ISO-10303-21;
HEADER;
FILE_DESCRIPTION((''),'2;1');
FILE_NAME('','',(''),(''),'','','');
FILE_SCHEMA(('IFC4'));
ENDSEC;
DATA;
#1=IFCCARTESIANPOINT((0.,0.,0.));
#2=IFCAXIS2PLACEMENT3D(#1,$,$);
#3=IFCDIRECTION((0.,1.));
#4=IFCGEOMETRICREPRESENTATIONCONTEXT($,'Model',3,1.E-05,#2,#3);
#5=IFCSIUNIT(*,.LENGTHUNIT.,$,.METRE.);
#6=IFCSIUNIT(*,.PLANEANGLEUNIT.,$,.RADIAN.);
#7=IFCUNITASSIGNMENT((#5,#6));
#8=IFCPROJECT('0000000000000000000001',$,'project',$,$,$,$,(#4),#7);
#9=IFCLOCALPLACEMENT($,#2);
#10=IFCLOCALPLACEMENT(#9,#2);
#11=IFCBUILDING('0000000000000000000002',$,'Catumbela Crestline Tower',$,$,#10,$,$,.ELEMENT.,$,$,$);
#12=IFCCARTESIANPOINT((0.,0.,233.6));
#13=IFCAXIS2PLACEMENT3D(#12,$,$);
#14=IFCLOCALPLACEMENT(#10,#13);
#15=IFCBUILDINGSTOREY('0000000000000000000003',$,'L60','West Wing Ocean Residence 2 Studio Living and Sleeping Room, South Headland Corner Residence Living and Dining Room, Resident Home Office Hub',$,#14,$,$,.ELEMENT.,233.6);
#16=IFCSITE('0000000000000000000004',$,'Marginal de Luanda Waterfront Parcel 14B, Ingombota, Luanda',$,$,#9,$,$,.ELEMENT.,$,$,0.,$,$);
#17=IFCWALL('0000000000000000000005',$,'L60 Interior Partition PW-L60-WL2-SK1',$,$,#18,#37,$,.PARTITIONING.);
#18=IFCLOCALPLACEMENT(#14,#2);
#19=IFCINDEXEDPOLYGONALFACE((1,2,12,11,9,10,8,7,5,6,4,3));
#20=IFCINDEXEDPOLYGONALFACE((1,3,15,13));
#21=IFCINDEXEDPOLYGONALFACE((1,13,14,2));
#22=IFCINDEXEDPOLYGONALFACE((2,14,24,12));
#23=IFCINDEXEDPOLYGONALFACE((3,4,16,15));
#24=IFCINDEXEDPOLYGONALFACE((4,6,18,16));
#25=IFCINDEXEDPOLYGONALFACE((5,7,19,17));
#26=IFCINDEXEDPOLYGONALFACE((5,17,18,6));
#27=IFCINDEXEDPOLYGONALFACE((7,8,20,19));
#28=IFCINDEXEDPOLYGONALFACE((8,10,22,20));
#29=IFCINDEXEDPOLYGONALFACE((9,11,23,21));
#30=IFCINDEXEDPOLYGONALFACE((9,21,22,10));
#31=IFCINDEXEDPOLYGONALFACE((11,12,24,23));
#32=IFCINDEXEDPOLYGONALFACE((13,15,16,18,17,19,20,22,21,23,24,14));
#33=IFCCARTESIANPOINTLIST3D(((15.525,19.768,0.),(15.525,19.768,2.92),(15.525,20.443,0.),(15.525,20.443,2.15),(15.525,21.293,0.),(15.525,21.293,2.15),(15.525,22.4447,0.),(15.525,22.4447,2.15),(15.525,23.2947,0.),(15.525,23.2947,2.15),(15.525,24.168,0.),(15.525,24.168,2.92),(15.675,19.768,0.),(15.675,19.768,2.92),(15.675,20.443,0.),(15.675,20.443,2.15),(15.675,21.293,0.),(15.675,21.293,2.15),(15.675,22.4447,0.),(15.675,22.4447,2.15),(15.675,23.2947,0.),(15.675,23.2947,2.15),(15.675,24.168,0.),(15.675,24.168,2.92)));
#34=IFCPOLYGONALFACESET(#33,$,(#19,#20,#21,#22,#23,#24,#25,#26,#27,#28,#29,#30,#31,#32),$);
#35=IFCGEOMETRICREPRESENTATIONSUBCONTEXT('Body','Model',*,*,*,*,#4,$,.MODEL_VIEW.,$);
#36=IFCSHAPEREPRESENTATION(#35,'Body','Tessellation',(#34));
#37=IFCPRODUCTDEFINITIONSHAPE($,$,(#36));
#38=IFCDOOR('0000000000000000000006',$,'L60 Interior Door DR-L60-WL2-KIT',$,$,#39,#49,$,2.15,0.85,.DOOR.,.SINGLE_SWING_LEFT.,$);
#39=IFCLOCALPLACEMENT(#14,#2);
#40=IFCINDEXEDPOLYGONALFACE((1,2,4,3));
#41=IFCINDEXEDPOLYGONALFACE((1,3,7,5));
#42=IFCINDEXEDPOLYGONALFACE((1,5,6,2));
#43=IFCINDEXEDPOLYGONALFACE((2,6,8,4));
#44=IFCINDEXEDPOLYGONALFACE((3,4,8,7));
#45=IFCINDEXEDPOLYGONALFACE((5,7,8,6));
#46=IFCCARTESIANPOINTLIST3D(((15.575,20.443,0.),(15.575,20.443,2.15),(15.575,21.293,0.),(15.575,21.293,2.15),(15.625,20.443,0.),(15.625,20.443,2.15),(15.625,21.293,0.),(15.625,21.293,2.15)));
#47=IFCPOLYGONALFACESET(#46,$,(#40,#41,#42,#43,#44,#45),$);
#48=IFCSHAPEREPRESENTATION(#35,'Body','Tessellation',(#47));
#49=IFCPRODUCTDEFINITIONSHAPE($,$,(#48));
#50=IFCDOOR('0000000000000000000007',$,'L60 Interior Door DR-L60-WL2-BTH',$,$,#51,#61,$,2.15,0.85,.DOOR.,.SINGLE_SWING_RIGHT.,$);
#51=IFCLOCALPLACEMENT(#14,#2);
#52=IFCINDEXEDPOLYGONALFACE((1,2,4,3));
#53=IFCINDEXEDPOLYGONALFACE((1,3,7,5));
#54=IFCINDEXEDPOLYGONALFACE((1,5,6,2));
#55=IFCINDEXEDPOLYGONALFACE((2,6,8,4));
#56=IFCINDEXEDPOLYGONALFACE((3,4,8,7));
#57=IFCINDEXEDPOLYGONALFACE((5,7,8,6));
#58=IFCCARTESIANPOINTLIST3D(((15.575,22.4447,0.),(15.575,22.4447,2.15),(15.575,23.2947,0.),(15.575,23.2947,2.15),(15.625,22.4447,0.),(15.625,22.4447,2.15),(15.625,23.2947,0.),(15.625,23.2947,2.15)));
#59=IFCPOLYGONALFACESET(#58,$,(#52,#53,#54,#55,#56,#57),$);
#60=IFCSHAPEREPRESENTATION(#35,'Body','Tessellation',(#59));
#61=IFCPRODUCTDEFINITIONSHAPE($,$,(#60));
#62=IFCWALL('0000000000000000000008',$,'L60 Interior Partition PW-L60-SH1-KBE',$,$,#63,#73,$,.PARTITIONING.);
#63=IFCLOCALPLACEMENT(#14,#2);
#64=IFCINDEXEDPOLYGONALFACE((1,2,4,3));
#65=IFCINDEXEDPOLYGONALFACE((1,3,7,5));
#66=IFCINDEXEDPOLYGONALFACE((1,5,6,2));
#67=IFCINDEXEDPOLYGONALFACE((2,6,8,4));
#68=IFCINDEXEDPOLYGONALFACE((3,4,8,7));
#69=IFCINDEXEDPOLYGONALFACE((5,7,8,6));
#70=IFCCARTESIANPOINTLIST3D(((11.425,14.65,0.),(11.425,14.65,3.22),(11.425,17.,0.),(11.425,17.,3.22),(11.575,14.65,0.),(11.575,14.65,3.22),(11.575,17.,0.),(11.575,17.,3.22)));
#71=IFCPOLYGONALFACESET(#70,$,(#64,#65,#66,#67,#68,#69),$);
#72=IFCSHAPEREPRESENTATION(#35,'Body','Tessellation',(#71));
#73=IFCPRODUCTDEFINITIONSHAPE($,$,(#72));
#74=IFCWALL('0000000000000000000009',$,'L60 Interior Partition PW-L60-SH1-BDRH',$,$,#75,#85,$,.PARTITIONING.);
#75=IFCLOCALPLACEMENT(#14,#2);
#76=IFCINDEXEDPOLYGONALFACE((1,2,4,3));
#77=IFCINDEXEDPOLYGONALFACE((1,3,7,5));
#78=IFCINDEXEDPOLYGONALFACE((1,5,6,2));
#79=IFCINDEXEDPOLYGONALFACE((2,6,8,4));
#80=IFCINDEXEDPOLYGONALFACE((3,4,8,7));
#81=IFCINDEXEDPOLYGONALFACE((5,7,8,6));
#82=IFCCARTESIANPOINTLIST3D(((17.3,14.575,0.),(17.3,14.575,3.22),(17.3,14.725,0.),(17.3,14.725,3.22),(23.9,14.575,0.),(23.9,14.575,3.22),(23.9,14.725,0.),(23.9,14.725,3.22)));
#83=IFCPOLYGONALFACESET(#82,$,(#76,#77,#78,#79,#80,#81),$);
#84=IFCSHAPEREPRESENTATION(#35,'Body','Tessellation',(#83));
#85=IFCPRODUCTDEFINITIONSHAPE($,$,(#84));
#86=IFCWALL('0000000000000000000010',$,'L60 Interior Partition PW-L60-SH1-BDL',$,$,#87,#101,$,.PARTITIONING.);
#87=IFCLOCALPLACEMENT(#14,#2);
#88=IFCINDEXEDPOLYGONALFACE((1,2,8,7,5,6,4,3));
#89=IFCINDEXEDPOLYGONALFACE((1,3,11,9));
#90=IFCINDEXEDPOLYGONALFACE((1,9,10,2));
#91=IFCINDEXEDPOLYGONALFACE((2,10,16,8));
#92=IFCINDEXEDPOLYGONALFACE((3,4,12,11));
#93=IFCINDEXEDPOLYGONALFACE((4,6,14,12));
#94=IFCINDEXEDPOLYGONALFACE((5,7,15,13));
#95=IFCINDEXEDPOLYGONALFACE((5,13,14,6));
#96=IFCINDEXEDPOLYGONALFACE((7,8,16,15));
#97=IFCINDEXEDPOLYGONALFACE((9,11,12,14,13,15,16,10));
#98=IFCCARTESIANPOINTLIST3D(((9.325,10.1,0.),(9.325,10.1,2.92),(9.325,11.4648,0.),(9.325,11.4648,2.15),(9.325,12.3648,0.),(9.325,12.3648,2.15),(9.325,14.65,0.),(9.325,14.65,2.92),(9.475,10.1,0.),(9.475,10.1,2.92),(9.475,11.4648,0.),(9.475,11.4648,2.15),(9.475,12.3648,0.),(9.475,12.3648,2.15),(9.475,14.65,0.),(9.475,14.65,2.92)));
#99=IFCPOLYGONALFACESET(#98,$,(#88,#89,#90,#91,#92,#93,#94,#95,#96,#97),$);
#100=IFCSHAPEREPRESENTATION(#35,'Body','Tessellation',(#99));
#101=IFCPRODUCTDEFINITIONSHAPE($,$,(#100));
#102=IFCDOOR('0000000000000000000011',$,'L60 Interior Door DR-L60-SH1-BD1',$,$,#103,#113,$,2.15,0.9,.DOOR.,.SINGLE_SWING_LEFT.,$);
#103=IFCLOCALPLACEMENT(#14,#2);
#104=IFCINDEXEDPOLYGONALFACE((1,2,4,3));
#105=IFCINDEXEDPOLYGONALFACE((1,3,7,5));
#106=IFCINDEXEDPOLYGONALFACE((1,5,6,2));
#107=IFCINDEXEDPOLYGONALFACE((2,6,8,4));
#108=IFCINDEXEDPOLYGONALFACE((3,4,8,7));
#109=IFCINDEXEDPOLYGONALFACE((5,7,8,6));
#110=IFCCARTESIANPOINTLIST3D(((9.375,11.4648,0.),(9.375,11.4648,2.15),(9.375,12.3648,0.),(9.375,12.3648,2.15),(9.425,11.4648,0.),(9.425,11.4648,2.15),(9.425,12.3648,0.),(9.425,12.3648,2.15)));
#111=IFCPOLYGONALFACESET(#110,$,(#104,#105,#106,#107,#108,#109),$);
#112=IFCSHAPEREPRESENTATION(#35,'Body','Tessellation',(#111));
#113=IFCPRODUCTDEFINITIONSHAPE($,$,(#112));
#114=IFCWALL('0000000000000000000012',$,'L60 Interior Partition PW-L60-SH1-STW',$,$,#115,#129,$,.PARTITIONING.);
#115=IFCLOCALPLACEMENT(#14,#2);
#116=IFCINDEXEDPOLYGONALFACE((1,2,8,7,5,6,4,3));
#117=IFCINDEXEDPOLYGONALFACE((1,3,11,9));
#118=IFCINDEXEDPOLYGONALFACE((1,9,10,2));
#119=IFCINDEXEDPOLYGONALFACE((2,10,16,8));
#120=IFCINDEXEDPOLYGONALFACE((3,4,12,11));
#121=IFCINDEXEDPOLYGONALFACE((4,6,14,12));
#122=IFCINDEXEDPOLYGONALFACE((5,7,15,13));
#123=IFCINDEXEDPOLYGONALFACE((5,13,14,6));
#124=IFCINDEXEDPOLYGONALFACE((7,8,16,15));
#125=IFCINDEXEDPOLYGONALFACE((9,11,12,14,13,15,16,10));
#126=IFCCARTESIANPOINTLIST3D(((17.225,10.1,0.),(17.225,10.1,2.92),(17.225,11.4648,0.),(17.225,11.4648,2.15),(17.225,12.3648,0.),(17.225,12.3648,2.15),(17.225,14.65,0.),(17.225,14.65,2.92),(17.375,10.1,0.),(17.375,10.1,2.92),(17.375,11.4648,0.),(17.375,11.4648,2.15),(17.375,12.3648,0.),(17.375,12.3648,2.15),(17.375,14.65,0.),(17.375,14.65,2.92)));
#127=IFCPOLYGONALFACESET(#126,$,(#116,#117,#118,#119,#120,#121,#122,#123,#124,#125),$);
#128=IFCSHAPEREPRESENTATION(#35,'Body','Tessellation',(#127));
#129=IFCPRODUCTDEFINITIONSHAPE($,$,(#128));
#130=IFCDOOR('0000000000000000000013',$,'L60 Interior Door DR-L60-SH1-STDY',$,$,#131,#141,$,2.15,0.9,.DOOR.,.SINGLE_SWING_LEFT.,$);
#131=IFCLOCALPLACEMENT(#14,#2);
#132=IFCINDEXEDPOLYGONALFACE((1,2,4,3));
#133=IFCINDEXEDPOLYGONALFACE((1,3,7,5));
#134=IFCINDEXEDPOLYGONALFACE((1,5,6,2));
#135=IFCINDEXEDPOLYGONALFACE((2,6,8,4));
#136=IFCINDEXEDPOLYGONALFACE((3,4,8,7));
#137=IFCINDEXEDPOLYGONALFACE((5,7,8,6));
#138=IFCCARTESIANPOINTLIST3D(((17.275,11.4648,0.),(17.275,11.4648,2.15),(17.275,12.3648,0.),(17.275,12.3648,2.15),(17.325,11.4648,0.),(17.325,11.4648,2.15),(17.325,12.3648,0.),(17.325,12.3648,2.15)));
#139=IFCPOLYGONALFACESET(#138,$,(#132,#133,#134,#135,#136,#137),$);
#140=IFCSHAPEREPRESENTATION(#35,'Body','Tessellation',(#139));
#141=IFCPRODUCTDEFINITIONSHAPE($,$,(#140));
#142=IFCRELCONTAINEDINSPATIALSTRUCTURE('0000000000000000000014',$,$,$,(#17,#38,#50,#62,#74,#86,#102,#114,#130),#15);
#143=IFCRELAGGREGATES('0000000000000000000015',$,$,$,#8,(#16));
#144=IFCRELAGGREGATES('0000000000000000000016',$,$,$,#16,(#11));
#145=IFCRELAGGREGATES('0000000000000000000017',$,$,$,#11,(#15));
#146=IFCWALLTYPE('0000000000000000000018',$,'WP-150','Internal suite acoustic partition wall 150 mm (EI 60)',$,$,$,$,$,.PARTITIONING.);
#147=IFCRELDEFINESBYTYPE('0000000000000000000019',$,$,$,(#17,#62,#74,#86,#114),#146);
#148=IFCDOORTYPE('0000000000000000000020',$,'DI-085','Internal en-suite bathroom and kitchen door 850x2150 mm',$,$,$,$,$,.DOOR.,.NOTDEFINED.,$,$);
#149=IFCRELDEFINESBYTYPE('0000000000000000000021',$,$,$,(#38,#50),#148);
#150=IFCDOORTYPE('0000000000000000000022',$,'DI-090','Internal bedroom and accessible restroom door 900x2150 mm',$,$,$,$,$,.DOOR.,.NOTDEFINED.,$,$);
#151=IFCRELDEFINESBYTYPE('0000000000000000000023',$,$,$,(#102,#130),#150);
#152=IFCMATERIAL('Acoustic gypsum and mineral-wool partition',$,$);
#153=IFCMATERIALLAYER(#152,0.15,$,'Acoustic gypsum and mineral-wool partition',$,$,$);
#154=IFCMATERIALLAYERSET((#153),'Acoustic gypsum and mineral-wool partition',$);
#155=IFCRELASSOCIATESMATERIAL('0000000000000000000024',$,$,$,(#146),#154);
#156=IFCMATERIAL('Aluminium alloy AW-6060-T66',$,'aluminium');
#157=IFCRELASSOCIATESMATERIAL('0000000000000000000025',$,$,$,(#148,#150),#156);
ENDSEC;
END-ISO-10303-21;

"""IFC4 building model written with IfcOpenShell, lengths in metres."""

from ifc_helpers import new_model, si_unit, direction, frame, frame_2d, origin, place, context, subcontext, project, spatial, rectangle, extrude, material, layer, layer_set, type_object, element, fill, save


model = new_model("IFC4")

# Units and contexts
model_context = context("Model", 3, precision=1e-05, world=origin(), true_north=direction((0.0, 1.0)))
body_context = subcontext(model_context, "Body", "Model", "MODEL_VIEW")
ifc_project = project(units=[si_unit("LENGTHUNIT", "METRE"), si_unit("PLANEANGLEUNIT", "RADIAN")], contexts=[model_context])

# Site, building, storey
site_placement = place(None, origin())
site = spatial("IfcSite", under=ifc_project, at=site_placement, Name="Marginal de Luanda Waterfront Parcel 14B, Ingombota, Luanda", CompositionType="ELEMENT", RefElevation=0.0)
building_placement = place(site_placement, origin())
building = spatial("IfcBuilding", under=site, at=building_placement, Name="Catumbela Crestline Tower", CompositionType="ELEMENT")
storey_placement = place(building_placement, frame((0.0, 0.0, 233.6)))
storey = spatial("IfcBuildingStorey", under=building, at=storey_placement, Name="L60", Description="West Wing Ocean Residence 2 Studio Living and Sleeping Room, South Headland Corner Residence Living and Dining Room, Resident Home Office Hub", CompositionType="ELEMENT", Elevation=233.6)

# Shared definitions
ifc_material_1 = material(Name="Acoustic gypsum and mineral-wool partition")
ifc_layer = layer(ifc_material_1, 0.15, Name="Acoustic gypsum and mineral-wool partition")
ifc_layer_set = layer_set([ifc_layer], Name="Acoustic gypsum and mineral-wool partition")
wall_type = type_object("IfcWallType", Name="WP-150", Description="Internal suite acoustic partition wall 150 mm (EI 60)", PredefinedType="PARTITIONING", material=ifc_layer_set)

# Wall, openings, doors
wall_1_placement = place(storey_placement, frame((15.6, 19.768, 0.0), z_axis=(0.0, 0.0, 1.0), x_axis=(0.0, 1.0, 0.0)))
wall_1 = element("IfcWall", 1, at=wall_1_placement, inside=storey, type_object=wall_type, Name="L60 Interior Partition PW-L60-WL2-SK1", PredefinedType="PARTITIONING", context=body_context, shape_type="SweptSolid", body=[
    extrude(rectangle(XDim=4.4, YDim=0.15, at=frame_2d((2.2, 0.0))), origin(), (0.0, 0.0, 1.0), 2.92),
])
opening_1_placement = place(wall_1_placement, frame((0.675, 0.0, 0.0)))
opening_1 = element("IfcOpeningElement", 2, at=opening_1_placement, cuts=wall_1, PredefinedType="OPENING", context=body_context, shape_type="SweptSolid", body=[
    extrude(rectangle(XDim=0.85, YDim=2.15, at=frame_2d((0.425, 1.075))), frame((0.0, 0.085, 0.0), z_axis=(0.0, -1.0, 0.0), x_axis=(1.0, 0.0, 0.0)), (0.0, 0.0, 1.0), 0.17),
])
opening_2_placement = place(wall_1_placement, frame((2.6767, 0.0, 0.0)))
opening_2 = element("IfcOpeningElement", 3, at=opening_2_placement, cuts=wall_1, PredefinedType="OPENING", context=body_context, shape_type="SweptSolid", body=[
    extrude(rectangle(XDim=0.85, YDim=2.15, at=frame_2d((0.425, 1.075))), frame((0.0, 0.085, 0.0), z_axis=(0.0, -1.0, 0.0), x_axis=(1.0, 0.0, 0.0)), (0.0, 0.0, 1.0), 0.17),
])
ifc_material_2 = material(Name="Aluminium alloy AW-6060-T66", Category="aluminium")
door_type_1 = type_object("IfcDoorType", Name="DI-085", Description="Internal en-suite bathroom and kitchen door 850x2150 mm", OperationType="NOTDEFINED", PredefinedType="DOOR", material=ifc_material_2)
door_1_placement = place(opening_1_placement, origin())
door_1 = element("IfcDoor", 4, at=door_1_placement, inside=storey, type_object=door_type_1, Name="L60 Interior Door DR-L60-WL2-KIT", OperationType="SINGLE_SWING_LEFT", OverallHeight=2.15, OverallWidth=0.85, PredefinedType="DOOR", context=body_context, shape_type="SweptSolid", body=[
    extrude(rectangle(XDim=0.85, YDim=2.15, at=frame_2d((0.425, 1.075))), frame((0.0, 0.025, 0.0), z_axis=(0.0, -1.0, 0.0), x_axis=(1.0, 0.0, 0.0)), (0.0, 0.0, 1.0), 0.05),
])
fill(opening_1, door_1)
door_2_placement = place(opening_2_placement, origin())
door_2 = element("IfcDoor", 5, at=door_2_placement, inside=storey, type_object=door_type_1, Name="L60 Interior Door DR-L60-WL2-BTH", OperationType="SINGLE_SWING_RIGHT", OverallHeight=2.15, OverallWidth=0.85, PredefinedType="DOOR", context=body_context, shape_type="SweptSolid", body=[
    extrude(rectangle(XDim=0.85, YDim=2.15, at=frame_2d((0.425, 1.075))), frame((0.0, 0.025, 0.0), z_axis=(0.0, -1.0, 0.0), x_axis=(1.0, 0.0, 0.0)), (0.0, 0.0, 1.0), 0.05),
])
fill(opening_2, door_2)

# Walls
wall_2_placement = place(storey_placement, frame((11.5, 14.65, 0.0), z_axis=(0.0, 0.0, 1.0), x_axis=(0.0, 1.0, 0.0)))
element("IfcWall", 6, at=wall_2_placement, inside=storey, type_object=wall_type, Name="L60 Interior Partition PW-L60-SH1-KBE", PredefinedType="PARTITIONING", context=body_context, shape_type="SweptSolid", body=[
    extrude(rectangle(XDim=2.35, YDim=0.15, at=frame_2d((1.175, 0.0))), origin(), (0.0, 0.0, 1.0), 3.22),
])
wall_3_placement = place(storey_placement, frame((17.3, 14.65, 0.0), z_axis=(0.0, 0.0, 1.0), x_axis=(1.0, 0.0, 0.0)))
element("IfcWall", 7, at=wall_3_placement, inside=storey, type_object=wall_type, Name="L60 Interior Partition PW-L60-SH1-BDRH", PredefinedType="PARTITIONING", context=body_context, shape_type="SweptSolid", body=[
    extrude(rectangle(XDim=6.6, YDim=0.15, at=frame_2d((3.3, 0.0))), origin(), (0.0, 0.0, 1.0), 3.22),
])

# Walls, openings, doors
wall_4_placement = place(storey_placement, frame((9.4, 10.1, 0.0), z_axis=(0.0, 0.0, 1.0), x_axis=(0.0, 1.0, 0.0)))
wall_4 = element("IfcWall", 8, at=wall_4_placement, inside=storey, type_object=wall_type, Name="L60 Interior Partition PW-L60-SH1-BDL", PredefinedType="PARTITIONING", context=body_context, shape_type="SweptSolid", body=[
    extrude(rectangle(XDim=4.55, YDim=0.15, at=frame_2d((2.275, 0.0))), origin(), (0.0, 0.0, 1.0), 2.92),
])
opening_3_placement = place(wall_4_placement, frame((1.3648, 0.0, 0.0)))
opening_3 = element("IfcOpeningElement", 9, at=opening_3_placement, cuts=wall_4, PredefinedType="OPENING", context=body_context, shape_type="SweptSolid", body=[
    extrude(rectangle(XDim=0.9, YDim=2.15, at=frame_2d((0.45, 1.075))), frame((0.0, 0.085, 0.0), z_axis=(0.0, -1.0, 0.0), x_axis=(1.0, 0.0, 0.0)), (0.0, 0.0, 1.0), 0.17),
])
door_type_2 = type_object("IfcDoorType", Name="DI-090", Description="Internal bedroom and accessible restroom door 900x2150 mm", OperationType="NOTDEFINED", PredefinedType="DOOR", material=ifc_material_2)
door_3_placement = place(opening_3_placement, origin())
door_3 = element("IfcDoor", 10, at=door_3_placement, inside=storey, type_object=door_type_2, Name="L60 Interior Door DR-L60-SH1-BD1", OperationType="SINGLE_SWING_LEFT", OverallHeight=2.15, OverallWidth=0.9, PredefinedType="DOOR", context=body_context, shape_type="SweptSolid", body=[
    extrude(rectangle(XDim=0.9, YDim=2.15, at=frame_2d((0.45, 1.075))), frame((0.0, 0.025, 0.0), z_axis=(0.0, -1.0, 0.0), x_axis=(1.0, 0.0, 0.0)), (0.0, 0.0, 1.0), 0.05),
])
fill(opening_3, door_3)
wall_5_placement = place(storey_placement, frame((17.3, 10.1, 0.0), z_axis=(0.0, 0.0, 1.0), x_axis=(0.0, 1.0, 0.0)))
wall_5 = element("IfcWall", 11, at=wall_5_placement, inside=storey, type_object=wall_type, Name="L60 Interior Partition PW-L60-SH1-STW", PredefinedType="PARTITIONING", context=body_context, shape_type="SweptSolid", body=[
    extrude(rectangle(XDim=4.55, YDim=0.15, at=frame_2d((2.275, 0.0))), origin(), (0.0, 0.0, 1.0), 2.92),
])
opening_4_placement = place(wall_5_placement, frame((1.3648, 0.0, 0.0)))
opening_4 = element("IfcOpeningElement", 12, at=opening_4_placement, cuts=wall_5, PredefinedType="OPENING", context=body_context, shape_type="SweptSolid", body=[
    extrude(rectangle(XDim=0.9, YDim=2.15, at=frame_2d((0.45, 1.075))), frame((0.0, 0.085, 0.0), z_axis=(0.0, -1.0, 0.0), x_axis=(1.0, 0.0, 0.0)), (0.0, 0.0, 1.0), 0.17),
])
door_4_placement = place(opening_4_placement, origin())
door_4 = element("IfcDoor", 13, at=door_4_placement, inside=storey, type_object=door_type_2, Name="L60 Interior Door DR-L60-SH1-STDY", OperationType="SINGLE_SWING_LEFT", OverallHeight=2.15, OverallWidth=0.9, PredefinedType="DOOR", context=body_context, shape_type="SweptSolid", body=[
    extrude(rectangle(XDim=0.9, YDim=2.15, at=frame_2d((0.45, 1.075))), frame((0.0, 0.025, 0.0), z_axis=(0.0, -1.0, 0.0), x_axis=(1.0, 0.0, 0.0)), (0.0, 0.0, 1.0), 0.05),
])
fill(opening_4, door_4)

save(model, "model.ifc")
